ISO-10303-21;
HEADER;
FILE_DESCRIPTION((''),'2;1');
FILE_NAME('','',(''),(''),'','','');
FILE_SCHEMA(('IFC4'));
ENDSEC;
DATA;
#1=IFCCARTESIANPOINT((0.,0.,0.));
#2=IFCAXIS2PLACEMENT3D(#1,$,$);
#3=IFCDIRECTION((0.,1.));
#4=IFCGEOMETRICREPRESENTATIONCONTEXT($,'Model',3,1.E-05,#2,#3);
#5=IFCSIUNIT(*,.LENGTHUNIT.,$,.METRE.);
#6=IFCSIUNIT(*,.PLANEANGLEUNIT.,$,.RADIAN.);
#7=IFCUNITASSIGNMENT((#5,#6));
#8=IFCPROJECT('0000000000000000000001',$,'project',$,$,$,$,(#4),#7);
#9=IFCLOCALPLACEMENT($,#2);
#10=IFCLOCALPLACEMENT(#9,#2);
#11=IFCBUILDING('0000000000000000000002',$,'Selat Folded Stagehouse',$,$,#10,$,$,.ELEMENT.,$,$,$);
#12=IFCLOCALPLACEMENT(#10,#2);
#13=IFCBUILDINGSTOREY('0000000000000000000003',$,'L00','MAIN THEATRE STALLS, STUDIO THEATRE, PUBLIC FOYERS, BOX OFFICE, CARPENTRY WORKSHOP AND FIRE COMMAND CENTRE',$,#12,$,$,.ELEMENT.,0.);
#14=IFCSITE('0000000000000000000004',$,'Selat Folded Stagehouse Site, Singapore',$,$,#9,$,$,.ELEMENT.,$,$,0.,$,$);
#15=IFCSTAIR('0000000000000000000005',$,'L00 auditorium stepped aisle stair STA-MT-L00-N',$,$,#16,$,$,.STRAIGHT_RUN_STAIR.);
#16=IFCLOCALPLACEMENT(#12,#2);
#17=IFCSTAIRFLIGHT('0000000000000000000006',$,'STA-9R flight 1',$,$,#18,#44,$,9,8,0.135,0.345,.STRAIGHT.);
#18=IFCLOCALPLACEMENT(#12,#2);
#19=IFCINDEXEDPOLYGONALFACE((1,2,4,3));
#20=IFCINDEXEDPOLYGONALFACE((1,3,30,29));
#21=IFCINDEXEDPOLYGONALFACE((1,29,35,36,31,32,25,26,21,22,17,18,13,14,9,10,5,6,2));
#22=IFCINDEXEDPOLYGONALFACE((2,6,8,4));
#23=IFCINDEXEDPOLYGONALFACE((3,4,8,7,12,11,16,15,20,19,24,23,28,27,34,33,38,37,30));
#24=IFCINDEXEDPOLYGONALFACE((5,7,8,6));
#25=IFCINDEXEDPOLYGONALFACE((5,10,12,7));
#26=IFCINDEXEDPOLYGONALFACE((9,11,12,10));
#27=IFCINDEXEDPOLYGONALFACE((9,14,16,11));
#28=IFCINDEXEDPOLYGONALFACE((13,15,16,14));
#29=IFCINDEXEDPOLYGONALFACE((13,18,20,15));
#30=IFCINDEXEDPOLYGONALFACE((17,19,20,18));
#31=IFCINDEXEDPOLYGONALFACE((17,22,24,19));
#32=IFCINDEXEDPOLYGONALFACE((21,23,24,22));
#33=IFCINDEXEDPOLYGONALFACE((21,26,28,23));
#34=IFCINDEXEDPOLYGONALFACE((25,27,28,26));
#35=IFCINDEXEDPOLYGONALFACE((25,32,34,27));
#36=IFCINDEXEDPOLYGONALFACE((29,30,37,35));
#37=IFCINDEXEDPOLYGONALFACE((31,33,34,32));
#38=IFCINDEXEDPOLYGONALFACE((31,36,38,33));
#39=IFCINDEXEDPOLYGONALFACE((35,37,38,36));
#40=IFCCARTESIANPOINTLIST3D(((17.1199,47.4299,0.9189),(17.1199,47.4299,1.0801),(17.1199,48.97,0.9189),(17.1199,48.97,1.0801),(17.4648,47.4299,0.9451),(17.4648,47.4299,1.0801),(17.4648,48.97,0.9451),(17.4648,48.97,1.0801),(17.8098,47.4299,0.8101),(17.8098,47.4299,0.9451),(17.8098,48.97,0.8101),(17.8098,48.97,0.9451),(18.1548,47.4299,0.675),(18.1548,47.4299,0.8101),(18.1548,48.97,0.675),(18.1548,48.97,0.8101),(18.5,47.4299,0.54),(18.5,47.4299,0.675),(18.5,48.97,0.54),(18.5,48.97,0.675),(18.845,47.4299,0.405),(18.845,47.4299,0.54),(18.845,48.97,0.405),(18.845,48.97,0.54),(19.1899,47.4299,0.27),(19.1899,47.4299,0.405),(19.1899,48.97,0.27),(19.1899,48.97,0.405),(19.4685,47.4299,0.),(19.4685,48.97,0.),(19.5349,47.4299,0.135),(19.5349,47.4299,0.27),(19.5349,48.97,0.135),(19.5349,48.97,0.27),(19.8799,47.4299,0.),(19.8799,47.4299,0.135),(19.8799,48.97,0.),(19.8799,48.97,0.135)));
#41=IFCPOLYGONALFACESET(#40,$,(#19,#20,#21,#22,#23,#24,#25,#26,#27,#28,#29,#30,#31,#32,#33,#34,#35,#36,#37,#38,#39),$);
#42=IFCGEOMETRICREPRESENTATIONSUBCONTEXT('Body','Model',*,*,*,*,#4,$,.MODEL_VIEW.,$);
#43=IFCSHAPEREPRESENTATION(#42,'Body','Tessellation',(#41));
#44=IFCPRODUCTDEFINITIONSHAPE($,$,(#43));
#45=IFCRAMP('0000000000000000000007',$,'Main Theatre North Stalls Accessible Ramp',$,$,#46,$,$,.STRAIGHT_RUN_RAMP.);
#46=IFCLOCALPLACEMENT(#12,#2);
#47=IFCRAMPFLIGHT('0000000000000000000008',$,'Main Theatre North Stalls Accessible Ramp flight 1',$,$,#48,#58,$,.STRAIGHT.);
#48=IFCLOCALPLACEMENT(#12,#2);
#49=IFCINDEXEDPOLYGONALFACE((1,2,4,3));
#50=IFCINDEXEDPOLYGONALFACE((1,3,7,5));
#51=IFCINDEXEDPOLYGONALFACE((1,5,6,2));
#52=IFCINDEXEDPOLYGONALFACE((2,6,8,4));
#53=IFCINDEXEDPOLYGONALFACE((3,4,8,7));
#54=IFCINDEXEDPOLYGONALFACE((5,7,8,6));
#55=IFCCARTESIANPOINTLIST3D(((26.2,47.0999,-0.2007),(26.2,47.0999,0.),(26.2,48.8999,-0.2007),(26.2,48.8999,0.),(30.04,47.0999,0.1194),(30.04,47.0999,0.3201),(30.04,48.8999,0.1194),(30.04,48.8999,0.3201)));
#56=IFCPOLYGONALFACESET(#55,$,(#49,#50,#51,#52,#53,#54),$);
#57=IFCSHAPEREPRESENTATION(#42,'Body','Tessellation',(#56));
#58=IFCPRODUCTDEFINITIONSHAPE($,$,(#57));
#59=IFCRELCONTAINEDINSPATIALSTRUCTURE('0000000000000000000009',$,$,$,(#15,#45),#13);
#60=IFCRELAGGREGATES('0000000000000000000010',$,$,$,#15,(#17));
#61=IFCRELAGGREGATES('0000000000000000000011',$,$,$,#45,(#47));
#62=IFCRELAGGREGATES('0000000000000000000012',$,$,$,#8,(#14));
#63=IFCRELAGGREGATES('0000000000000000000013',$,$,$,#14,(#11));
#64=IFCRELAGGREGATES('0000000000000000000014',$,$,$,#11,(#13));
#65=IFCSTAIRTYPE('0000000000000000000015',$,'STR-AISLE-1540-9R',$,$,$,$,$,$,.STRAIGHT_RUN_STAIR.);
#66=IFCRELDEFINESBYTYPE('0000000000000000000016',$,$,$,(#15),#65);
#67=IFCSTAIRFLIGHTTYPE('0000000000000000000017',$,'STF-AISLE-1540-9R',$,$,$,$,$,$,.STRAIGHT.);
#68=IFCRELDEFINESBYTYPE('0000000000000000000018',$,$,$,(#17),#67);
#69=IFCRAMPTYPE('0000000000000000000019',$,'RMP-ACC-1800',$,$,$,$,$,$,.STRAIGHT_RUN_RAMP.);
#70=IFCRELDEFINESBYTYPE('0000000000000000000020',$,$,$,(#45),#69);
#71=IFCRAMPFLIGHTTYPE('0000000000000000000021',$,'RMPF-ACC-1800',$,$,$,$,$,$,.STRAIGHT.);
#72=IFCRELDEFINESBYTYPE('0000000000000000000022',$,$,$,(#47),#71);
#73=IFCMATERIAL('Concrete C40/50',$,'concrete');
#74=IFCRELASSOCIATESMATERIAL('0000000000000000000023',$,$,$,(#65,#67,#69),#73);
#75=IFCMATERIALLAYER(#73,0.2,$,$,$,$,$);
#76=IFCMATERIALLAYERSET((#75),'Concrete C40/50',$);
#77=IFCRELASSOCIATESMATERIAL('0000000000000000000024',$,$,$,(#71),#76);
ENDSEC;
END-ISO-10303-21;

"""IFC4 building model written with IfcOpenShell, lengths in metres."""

from ifc_helpers import new_model, si_unit, direction, frame, origin, place, context, subcontext, project, spatial, polyline, outline, extrude, material, layer, layer_set, type_object, element, aggregate, save


model = new_model("IFC4")

# Units and contexts
model_context = context("Model", 3, precision=1e-05, world=origin(), true_north=direction((0.0, 1.0)))
body_context = subcontext(model_context, "Body", "Model", "MODEL_VIEW")
ifc_project = project(units=[si_unit("LENGTHUNIT", "METRE"), si_unit("PLANEANGLEUNIT", "RADIAN")], contexts=[model_context])

# Site, building, storey
site_placement = place(None, origin())
site = spatial("IfcSite", under=ifc_project, at=site_placement, Name="Selat Folded Stagehouse Site, Singapore", CompositionType="ELEMENT", RefElevation=0.0)
building_placement = place(site_placement, origin())
building = spatial("IfcBuilding", under=site, at=building_placement, Name="Selat Folded Stagehouse", CompositionType="ELEMENT")
storey_placement = place(building_placement, origin())
storey = spatial("IfcBuildingStorey", under=building, at=storey_placement, Name="L00", Description="MAIN THEATRE STALLS, STUDIO THEATRE, PUBLIC FOYERS, BOX OFFICE, CARPENTRY WORKSHOP AND FIRE COMMAND CENTRE", CompositionType="ELEMENT", Elevation=0.0)

# Shared definitions
ifc_material_1 = material(Name="Concrete C40/50", Category="concrete")

# Stair, stair flight
stair_type = type_object("IfcStairType", Name="STR-AISLE-1540-9R", PredefinedType="STRAIGHT_RUN_STAIR", material=ifc_material_1)
stair_placement = place(storey_placement, origin())
stair = element("IfcStair", 1, at=stair_placement, inside=storey, type_object=stair_type, Name="L00 auditorium stepped aisle stair STA-MT-L00-N", PredefinedType="STRAIGHT_RUN_STAIR")
stair_flight_type = type_object("IfcStairFlightType", Name="STF-AISLE-1540-9R", PredefinedType="STRAIGHT", material=ifc_material_1)
stair_flight_placement = place(storey_placement, frame((19.8799, 48.2, 0.0), z_axis=(0.0, 0.0, 1.0), x_axis=(-1.0, 0.0, 0.0)))
stair_flight = element("IfcStairFlight", 2, at=stair_flight_placement, type_object=stair_flight_type, Name="STA-9R flight 1", NumberOfRisers=9, NumberOfTreads=8, PredefinedType="STRAIGHT", RiserHeight=0.135, TreadLength=0.345, context=body_context, shape_type="SweptSolid", body=[
    extrude(outline(polyline([(0.0, 0.0), (0.0, 0.135), (0.345, 0.135), (0.345, 0.27), (0.6899, 0.27), (0.6899, 0.405), (1.0349, 0.405), (1.0349, 0.54), (1.3799, 0.54), (1.3799, 0.675), (1.7251, 0.675), (1.7251, 0.8101), (2.0701, 0.8101), (2.0701, 0.9451), (2.415, 0.9451), (2.415, 1.0801), (2.76, 1.0801), (2.76, 1.2151), (2.76, 0.9189), (0.4114, 0.0), (0.0, 0.0)])), frame((0.0, 0.77, 0.0), z_axis=(0.0, -1.0, 0.0), x_axis=(1.0, 0.0, 0.0)), (0.0, 0.0, 1.0), 1.54),
])
aggregate(stair, [stair_flight])

# Ramp, ramp flight
ramp_type = type_object("IfcRampType", Name="RMP-ACC-1800", PredefinedType="STRAIGHT_RUN_RAMP", material=ifc_material_1)
ramp_placement = place(storey_placement, origin())
ramp = element("IfcRamp", 3, at=ramp_placement, inside=storey, type_object=ramp_type, Name="Main Theatre North Stalls Accessible Ramp", PredefinedType="STRAIGHT_RUN_RAMP")
ifc_layer_1 = layer(ifc_material_1, 0.2)
ifc_layer_set_1 = layer_set([ifc_layer_1], Name="Concrete C40/50")
ramp_flight_type = type_object("IfcRampFlightType", Name="RMPF-ACC-1800", PredefinedType="STRAIGHT", material=ifc_layer_set_1)
ramp_flight_placement = place(storey_placement, frame((26.2, 48.0, 0.0), z_axis=(0.0, 0.0, 1.0), x_axis=(1.0, 0.0, 0.0)))
ramp_flight = element("IfcRampFlight", 4, at=ramp_flight_placement, type_object=ramp_flight_type, Name="Main Theatre North Stalls Accessible Ramp flight 1", PredefinedType="STRAIGHT", context=body_context, shape_type="SweptSolid", body=[
    extrude(outline(polyline([(0.0, 0.0), (3.8401, 0.3201), (3.8401, 0.1194), (0.0, -0.2007), (0.0, 0.0)])), frame((0.0, 0.8999, 0.0), z_axis=(0.0, -1.0, 0.0), x_axis=(1.0, 0.0, 0.0)), (0.0, 0.0, 1.0), 1.8),
])
aggregate(ramp, [ramp_flight])

save(model, "model.ifc")
